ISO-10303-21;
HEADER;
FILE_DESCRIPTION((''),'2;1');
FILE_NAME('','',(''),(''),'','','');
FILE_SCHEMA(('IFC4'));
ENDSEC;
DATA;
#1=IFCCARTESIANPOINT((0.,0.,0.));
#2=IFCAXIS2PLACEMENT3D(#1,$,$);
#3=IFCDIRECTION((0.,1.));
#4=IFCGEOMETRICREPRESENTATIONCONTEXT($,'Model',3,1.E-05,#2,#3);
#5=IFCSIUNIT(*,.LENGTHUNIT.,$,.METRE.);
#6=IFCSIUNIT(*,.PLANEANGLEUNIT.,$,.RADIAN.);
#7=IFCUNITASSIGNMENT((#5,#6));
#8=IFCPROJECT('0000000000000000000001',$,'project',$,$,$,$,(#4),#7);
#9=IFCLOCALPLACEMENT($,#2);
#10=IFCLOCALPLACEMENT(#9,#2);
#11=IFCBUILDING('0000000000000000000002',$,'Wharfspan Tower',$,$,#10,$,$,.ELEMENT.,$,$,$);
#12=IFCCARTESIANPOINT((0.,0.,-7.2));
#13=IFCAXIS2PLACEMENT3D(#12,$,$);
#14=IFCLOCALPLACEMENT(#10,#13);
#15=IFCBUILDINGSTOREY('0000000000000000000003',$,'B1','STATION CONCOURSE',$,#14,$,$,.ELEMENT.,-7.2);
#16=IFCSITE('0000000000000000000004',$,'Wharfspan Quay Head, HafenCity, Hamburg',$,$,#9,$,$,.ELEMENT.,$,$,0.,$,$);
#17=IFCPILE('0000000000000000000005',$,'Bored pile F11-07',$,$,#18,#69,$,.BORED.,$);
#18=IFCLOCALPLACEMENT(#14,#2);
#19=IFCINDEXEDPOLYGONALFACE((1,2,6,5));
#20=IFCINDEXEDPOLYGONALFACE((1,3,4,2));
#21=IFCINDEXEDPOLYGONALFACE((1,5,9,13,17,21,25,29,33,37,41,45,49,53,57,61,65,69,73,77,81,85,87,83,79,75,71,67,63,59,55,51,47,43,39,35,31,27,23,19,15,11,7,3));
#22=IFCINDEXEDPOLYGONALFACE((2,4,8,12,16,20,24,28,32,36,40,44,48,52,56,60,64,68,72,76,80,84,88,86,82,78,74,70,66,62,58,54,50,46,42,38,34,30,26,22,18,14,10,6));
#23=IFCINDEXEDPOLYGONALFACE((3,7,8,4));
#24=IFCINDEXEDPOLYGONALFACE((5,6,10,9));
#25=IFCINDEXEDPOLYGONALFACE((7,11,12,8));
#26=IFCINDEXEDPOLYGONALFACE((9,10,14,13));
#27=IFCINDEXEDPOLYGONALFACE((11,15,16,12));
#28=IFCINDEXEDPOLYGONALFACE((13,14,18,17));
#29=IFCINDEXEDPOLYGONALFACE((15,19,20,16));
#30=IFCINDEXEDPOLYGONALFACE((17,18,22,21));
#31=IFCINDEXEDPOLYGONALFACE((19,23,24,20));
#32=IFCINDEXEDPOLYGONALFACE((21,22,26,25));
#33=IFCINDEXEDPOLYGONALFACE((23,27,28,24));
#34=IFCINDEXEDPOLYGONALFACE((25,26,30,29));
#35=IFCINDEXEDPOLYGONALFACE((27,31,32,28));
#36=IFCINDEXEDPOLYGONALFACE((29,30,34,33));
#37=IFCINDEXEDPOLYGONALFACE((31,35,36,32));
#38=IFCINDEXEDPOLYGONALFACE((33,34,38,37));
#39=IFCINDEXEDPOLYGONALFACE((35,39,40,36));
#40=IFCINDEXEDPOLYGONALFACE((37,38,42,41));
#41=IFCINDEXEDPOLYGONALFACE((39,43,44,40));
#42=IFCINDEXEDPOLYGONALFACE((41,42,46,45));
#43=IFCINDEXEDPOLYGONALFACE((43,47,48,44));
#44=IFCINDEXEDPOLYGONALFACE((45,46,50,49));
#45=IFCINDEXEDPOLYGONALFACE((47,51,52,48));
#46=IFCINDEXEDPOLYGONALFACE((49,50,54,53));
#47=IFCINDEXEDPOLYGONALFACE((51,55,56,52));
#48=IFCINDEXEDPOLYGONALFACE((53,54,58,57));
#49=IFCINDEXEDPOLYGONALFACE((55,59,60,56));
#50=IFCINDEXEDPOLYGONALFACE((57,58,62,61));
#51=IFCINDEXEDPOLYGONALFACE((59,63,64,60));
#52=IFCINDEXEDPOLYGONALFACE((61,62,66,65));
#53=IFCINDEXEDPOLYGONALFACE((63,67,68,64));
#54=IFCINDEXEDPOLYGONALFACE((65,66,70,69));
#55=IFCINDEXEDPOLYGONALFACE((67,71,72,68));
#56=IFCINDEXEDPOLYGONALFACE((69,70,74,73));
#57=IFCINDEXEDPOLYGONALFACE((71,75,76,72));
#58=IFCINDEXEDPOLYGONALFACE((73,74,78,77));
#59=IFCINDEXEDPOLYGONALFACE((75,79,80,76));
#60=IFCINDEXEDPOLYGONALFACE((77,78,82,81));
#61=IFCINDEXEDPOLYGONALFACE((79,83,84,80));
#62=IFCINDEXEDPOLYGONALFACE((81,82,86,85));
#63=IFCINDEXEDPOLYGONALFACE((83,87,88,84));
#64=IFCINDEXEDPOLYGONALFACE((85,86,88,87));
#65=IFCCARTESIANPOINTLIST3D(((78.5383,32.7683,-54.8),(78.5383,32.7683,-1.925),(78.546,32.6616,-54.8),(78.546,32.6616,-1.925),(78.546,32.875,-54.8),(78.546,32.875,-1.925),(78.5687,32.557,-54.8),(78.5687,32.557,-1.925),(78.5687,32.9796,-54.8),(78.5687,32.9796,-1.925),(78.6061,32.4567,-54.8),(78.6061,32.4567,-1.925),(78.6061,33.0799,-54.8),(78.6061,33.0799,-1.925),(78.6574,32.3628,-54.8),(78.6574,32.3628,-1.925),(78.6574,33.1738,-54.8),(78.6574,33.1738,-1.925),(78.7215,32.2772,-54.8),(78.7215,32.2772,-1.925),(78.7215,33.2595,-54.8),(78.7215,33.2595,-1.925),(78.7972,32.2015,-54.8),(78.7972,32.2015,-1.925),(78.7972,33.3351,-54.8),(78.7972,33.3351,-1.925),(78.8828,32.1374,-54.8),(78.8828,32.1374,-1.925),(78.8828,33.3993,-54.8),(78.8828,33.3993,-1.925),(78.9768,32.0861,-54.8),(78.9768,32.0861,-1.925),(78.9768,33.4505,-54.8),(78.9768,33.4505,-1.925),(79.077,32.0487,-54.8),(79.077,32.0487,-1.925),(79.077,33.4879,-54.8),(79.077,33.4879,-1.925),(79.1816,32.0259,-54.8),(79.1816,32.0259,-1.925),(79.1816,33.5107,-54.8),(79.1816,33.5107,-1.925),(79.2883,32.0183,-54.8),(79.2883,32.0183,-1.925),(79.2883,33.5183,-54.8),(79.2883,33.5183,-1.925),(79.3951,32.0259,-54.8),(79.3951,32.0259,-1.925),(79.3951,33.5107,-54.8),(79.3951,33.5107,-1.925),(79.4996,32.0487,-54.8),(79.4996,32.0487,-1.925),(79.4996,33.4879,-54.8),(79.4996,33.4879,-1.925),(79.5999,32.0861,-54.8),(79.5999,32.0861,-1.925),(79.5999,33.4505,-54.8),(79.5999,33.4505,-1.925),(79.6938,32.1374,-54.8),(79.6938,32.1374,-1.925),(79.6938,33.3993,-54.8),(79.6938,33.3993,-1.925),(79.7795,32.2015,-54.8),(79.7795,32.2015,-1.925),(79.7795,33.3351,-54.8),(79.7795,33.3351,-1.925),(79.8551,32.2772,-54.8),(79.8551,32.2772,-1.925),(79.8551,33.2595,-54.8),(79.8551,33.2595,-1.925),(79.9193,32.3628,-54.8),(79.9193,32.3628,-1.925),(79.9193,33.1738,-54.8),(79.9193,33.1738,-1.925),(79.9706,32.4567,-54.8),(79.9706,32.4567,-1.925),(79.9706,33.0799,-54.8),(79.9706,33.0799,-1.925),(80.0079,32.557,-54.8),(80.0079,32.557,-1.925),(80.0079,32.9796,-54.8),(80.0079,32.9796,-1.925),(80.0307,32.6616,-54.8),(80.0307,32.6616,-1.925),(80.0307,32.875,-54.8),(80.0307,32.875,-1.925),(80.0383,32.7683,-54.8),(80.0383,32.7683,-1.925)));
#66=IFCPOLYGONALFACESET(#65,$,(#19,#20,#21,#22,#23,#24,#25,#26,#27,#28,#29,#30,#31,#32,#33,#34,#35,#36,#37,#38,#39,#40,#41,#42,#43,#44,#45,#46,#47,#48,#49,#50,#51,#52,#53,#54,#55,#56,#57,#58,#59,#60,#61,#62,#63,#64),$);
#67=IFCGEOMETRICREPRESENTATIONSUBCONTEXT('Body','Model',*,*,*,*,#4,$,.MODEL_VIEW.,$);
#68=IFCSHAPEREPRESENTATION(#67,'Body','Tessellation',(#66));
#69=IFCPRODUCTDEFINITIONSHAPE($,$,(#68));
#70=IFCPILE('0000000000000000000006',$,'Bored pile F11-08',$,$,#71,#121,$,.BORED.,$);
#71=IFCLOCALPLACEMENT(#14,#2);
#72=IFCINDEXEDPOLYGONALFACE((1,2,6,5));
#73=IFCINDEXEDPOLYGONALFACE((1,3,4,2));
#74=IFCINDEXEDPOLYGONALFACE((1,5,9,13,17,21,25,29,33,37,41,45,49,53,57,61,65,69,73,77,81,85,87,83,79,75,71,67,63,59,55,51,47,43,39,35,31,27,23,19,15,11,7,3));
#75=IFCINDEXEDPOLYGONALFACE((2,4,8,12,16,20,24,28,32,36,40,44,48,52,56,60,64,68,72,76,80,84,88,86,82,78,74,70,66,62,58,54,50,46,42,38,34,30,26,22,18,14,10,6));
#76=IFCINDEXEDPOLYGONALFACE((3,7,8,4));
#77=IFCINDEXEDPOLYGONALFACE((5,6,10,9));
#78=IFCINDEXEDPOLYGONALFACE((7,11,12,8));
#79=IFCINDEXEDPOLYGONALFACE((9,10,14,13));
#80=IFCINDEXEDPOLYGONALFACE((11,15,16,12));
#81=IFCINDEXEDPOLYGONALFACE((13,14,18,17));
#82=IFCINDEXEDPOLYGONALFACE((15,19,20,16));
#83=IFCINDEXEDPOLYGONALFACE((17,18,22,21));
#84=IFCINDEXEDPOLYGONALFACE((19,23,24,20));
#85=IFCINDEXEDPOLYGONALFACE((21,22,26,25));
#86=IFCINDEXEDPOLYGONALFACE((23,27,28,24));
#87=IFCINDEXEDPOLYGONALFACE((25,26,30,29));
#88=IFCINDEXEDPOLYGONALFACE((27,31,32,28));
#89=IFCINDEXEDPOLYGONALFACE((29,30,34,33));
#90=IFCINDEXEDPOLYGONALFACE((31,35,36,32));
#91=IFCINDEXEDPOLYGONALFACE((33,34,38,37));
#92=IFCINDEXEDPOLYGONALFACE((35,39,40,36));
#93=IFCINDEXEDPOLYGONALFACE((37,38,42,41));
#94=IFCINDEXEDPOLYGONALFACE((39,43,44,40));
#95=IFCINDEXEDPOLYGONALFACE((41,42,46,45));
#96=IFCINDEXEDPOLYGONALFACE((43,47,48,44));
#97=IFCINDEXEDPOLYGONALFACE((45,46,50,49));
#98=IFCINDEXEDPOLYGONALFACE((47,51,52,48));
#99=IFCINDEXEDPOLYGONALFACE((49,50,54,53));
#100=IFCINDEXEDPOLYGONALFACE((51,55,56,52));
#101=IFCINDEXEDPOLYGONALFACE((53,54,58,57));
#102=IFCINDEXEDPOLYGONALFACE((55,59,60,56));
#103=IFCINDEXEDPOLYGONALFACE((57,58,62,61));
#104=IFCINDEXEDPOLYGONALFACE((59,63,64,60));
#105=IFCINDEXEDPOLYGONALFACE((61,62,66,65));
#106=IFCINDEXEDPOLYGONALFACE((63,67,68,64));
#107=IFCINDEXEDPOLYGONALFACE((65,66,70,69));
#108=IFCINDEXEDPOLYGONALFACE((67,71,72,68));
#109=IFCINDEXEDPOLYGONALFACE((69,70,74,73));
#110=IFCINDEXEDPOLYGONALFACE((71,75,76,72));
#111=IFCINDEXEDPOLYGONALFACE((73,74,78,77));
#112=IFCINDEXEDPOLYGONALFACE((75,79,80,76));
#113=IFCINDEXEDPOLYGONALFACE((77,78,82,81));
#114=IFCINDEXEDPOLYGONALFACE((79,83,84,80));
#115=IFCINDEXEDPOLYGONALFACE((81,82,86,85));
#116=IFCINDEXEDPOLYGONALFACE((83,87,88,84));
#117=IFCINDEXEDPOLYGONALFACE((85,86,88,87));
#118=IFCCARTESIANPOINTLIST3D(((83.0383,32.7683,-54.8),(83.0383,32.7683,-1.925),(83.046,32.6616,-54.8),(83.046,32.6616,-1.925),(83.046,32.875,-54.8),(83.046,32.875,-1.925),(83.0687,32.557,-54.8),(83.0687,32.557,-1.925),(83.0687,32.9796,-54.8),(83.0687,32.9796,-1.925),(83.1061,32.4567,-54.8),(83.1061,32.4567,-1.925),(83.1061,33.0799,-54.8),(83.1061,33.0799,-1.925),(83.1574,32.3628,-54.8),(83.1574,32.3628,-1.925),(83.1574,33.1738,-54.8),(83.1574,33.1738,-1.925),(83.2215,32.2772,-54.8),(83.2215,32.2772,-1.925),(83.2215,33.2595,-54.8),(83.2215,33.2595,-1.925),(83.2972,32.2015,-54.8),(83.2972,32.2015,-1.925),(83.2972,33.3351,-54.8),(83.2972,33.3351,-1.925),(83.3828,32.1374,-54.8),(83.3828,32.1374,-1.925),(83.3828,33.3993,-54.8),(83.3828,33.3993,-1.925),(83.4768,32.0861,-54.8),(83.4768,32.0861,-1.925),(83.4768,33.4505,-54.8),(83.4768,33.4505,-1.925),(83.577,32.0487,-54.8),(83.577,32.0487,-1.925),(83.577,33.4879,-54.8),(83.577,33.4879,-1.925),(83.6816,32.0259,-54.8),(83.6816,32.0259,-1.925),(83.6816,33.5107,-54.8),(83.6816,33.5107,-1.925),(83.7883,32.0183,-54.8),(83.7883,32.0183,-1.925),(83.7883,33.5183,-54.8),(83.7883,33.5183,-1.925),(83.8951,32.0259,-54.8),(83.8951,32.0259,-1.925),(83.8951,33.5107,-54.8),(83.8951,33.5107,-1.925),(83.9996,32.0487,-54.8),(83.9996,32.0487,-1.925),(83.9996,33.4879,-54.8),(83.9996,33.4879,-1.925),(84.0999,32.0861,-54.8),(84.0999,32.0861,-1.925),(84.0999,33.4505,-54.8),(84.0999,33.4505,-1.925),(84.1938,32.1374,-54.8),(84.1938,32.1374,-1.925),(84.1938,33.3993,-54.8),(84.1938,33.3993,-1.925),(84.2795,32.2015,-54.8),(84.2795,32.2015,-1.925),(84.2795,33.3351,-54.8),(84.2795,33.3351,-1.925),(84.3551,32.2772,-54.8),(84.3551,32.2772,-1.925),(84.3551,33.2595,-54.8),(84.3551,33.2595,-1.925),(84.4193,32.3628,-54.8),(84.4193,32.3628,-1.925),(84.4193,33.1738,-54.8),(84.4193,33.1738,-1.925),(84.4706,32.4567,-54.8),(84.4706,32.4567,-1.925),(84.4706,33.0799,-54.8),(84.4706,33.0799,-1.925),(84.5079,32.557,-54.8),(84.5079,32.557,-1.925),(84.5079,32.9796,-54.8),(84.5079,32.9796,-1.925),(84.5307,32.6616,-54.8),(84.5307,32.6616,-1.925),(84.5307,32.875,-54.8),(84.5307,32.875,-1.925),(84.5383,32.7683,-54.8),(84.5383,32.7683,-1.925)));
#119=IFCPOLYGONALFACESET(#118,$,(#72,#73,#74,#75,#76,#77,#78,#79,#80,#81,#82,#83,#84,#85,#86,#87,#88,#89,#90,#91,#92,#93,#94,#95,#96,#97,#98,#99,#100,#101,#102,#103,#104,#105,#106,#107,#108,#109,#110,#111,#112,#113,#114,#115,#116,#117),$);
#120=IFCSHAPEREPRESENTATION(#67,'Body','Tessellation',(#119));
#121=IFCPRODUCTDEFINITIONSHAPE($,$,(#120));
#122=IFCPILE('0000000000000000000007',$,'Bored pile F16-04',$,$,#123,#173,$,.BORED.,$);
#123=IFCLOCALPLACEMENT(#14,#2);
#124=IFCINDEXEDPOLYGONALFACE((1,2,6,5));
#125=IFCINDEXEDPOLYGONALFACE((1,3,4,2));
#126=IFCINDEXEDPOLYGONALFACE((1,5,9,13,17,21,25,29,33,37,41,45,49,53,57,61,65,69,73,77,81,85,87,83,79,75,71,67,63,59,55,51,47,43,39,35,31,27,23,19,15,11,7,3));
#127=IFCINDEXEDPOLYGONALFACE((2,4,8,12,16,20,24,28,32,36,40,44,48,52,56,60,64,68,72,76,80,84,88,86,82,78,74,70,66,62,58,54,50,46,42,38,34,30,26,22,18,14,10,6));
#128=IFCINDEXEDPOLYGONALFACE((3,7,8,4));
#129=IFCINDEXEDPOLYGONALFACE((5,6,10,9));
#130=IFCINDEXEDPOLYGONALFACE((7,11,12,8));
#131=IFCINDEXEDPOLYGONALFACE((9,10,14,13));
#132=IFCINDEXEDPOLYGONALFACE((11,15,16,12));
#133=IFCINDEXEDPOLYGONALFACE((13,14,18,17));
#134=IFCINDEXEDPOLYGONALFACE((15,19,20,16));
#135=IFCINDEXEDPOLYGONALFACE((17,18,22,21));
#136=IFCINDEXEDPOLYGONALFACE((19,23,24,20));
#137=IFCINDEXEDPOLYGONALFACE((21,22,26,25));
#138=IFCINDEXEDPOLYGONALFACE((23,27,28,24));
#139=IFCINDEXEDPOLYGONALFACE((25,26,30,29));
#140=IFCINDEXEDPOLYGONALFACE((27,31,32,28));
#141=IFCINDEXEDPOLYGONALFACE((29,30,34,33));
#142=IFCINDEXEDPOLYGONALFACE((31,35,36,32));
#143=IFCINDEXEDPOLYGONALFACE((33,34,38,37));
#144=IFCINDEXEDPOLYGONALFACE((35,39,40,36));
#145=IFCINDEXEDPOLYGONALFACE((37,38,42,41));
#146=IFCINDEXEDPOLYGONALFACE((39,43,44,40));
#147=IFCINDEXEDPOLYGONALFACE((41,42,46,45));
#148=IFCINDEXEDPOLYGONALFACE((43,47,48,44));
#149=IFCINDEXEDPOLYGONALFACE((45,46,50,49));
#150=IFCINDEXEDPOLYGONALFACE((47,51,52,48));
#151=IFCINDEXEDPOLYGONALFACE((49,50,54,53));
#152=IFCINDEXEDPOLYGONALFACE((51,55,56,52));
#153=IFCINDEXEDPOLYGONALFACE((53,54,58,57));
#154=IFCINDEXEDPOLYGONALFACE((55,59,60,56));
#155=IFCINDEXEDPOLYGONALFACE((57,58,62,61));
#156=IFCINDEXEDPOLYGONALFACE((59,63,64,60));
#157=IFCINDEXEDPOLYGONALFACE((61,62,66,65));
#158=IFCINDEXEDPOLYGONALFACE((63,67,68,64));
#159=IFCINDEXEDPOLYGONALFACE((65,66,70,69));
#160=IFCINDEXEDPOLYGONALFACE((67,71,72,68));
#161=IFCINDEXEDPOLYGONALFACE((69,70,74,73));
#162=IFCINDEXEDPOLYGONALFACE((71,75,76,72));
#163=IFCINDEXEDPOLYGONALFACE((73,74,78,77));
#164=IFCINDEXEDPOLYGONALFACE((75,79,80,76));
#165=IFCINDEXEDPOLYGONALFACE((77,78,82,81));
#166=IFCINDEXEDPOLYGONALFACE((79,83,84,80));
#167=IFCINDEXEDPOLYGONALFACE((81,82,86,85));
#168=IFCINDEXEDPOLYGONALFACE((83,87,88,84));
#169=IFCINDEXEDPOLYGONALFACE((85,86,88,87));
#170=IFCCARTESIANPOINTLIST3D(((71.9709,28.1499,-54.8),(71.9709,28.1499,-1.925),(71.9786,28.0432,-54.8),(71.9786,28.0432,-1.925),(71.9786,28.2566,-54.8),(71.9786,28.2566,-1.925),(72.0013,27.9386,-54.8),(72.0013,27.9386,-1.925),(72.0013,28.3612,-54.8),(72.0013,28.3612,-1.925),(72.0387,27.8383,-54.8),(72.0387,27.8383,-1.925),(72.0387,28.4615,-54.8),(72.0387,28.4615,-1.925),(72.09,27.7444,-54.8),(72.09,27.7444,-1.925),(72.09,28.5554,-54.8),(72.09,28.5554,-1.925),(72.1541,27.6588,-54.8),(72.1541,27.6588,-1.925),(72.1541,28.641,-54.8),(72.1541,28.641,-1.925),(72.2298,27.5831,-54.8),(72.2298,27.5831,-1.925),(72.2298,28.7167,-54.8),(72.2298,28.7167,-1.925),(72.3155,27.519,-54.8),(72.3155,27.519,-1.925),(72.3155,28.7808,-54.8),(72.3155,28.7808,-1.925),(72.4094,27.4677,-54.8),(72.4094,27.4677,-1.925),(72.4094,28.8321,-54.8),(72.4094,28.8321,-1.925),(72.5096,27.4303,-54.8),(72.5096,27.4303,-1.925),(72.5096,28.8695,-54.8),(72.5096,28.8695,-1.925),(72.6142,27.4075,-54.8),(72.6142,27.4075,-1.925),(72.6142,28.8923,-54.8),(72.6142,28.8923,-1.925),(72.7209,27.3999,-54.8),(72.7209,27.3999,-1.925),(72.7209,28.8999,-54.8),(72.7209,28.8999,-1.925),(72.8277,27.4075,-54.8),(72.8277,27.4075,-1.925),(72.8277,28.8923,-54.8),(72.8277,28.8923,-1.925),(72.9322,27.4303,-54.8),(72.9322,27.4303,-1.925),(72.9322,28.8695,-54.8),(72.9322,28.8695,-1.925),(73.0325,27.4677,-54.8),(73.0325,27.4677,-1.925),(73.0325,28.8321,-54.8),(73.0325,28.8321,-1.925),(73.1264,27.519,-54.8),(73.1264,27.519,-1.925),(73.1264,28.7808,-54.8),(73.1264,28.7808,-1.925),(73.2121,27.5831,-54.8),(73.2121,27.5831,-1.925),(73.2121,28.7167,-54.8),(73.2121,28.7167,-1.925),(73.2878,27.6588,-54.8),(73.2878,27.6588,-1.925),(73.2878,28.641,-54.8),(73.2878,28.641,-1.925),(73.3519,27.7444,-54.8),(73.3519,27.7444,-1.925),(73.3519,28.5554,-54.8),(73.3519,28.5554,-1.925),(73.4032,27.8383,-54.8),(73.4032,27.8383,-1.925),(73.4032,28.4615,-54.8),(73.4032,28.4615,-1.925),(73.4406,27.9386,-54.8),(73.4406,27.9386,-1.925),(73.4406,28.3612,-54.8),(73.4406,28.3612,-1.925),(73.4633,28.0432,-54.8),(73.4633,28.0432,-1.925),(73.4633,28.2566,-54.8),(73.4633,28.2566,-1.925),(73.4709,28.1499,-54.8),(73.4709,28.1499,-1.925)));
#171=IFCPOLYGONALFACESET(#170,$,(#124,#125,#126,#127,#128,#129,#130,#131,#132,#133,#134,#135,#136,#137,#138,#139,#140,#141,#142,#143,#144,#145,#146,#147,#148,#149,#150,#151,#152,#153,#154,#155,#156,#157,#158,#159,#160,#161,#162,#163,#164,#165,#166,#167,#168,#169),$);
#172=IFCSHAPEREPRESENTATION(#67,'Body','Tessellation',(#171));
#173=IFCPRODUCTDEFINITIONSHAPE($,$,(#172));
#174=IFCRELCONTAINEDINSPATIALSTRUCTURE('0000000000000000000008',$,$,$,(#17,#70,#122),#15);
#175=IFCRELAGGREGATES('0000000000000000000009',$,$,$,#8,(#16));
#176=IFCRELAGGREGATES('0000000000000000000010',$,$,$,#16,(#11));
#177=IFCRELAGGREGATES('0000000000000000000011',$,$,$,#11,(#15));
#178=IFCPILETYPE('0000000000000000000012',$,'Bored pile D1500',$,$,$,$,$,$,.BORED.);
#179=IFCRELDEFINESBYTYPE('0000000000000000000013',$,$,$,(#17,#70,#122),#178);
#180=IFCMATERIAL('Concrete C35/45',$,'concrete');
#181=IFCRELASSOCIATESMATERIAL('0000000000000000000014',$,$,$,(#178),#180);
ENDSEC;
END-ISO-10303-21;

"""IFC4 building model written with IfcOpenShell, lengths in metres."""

from ifc_helpers import new_model, si_unit, direction, frame, origin, origin_2d, place, context, subcontext, project, spatial, circle, extrude, material, material_profile, profile_set, type_object, element, save


model = new_model("IFC4")

# Units and contexts
model_context = context("Model", 3, precision=1e-05, world=origin(), true_north=direction((0.0, 1.0)))
body_context = subcontext(model_context, "Body", "Model", "MODEL_VIEW")
ifc_project = project(units=[si_unit("LENGTHUNIT", "METRE"), si_unit("PLANEANGLEUNIT", "RADIAN")], contexts=[model_context])

# Site, building, storey
site_placement = place(None, origin())
site = spatial("IfcSite", under=ifc_project, at=site_placement, Name="Wharfspan Quay Head, HafenCity, Hamburg", CompositionType="ELEMENT", RefElevation=0.0)
building_placement = place(site_placement, origin())
building = spatial("IfcBuilding", under=site, at=building_placement, Name="Wharfspan Tower", CompositionType="ELEMENT")
storey_placement = place(building_placement, frame((0.0, 0.0, -7.2)))
storey = spatial("IfcBuildingStorey", under=building, at=storey_placement, Name="B1", Description="STATION CONCOURSE", CompositionType="ELEMENT", Elevation=-7.2)

# Piles
ifc_material_1 = material(Name="Concrete C35/45", Category="concrete")
ifc_material_profile_1 = material_profile(ifc_material_1, circle(Radius=0.75, at=origin_2d()))
ifc_profile_set_1 = profile_set([ifc_material_profile_1], Name="Concrete C35/45")
pile_type = type_object("IfcPileType", Name="Bored pile D1500", PredefinedType="BORED", material=ifc_profile_set_1)
for number, where, z_axis, x_axis, name in (
    (1, (79.2883, 32.7683, -1.925), (0.0, 0.0, -1.0), (1.0, 0.0, 0.0), "Bored pile F11-07"),
    (2, (83.7883, 32.7683, -1.925), (0.0, 0.0, -1.0), (1.0, 0.0, 0.0), "Bored pile F11-08"),
    (3, (72.7209, 28.1499, -1.925), (0.0, 0.0, -1.0), (1.0, 0.0, 0.0), "Bored pile F16-04"),
):
    element("IfcPile", number, at=place(storey_placement, frame(where, z_axis=z_axis, x_axis=x_axis)), inside=storey, type_object=pile_type, Name=name, PredefinedType="BORED", context=body_context, shape_type="SweptSolid", body=[
        extrude(circle(Radius=0.75, at=origin_2d()), origin(), (0.0, 0.0, 1.0), 52.875),
    ])

save(model, "model.ifc")
